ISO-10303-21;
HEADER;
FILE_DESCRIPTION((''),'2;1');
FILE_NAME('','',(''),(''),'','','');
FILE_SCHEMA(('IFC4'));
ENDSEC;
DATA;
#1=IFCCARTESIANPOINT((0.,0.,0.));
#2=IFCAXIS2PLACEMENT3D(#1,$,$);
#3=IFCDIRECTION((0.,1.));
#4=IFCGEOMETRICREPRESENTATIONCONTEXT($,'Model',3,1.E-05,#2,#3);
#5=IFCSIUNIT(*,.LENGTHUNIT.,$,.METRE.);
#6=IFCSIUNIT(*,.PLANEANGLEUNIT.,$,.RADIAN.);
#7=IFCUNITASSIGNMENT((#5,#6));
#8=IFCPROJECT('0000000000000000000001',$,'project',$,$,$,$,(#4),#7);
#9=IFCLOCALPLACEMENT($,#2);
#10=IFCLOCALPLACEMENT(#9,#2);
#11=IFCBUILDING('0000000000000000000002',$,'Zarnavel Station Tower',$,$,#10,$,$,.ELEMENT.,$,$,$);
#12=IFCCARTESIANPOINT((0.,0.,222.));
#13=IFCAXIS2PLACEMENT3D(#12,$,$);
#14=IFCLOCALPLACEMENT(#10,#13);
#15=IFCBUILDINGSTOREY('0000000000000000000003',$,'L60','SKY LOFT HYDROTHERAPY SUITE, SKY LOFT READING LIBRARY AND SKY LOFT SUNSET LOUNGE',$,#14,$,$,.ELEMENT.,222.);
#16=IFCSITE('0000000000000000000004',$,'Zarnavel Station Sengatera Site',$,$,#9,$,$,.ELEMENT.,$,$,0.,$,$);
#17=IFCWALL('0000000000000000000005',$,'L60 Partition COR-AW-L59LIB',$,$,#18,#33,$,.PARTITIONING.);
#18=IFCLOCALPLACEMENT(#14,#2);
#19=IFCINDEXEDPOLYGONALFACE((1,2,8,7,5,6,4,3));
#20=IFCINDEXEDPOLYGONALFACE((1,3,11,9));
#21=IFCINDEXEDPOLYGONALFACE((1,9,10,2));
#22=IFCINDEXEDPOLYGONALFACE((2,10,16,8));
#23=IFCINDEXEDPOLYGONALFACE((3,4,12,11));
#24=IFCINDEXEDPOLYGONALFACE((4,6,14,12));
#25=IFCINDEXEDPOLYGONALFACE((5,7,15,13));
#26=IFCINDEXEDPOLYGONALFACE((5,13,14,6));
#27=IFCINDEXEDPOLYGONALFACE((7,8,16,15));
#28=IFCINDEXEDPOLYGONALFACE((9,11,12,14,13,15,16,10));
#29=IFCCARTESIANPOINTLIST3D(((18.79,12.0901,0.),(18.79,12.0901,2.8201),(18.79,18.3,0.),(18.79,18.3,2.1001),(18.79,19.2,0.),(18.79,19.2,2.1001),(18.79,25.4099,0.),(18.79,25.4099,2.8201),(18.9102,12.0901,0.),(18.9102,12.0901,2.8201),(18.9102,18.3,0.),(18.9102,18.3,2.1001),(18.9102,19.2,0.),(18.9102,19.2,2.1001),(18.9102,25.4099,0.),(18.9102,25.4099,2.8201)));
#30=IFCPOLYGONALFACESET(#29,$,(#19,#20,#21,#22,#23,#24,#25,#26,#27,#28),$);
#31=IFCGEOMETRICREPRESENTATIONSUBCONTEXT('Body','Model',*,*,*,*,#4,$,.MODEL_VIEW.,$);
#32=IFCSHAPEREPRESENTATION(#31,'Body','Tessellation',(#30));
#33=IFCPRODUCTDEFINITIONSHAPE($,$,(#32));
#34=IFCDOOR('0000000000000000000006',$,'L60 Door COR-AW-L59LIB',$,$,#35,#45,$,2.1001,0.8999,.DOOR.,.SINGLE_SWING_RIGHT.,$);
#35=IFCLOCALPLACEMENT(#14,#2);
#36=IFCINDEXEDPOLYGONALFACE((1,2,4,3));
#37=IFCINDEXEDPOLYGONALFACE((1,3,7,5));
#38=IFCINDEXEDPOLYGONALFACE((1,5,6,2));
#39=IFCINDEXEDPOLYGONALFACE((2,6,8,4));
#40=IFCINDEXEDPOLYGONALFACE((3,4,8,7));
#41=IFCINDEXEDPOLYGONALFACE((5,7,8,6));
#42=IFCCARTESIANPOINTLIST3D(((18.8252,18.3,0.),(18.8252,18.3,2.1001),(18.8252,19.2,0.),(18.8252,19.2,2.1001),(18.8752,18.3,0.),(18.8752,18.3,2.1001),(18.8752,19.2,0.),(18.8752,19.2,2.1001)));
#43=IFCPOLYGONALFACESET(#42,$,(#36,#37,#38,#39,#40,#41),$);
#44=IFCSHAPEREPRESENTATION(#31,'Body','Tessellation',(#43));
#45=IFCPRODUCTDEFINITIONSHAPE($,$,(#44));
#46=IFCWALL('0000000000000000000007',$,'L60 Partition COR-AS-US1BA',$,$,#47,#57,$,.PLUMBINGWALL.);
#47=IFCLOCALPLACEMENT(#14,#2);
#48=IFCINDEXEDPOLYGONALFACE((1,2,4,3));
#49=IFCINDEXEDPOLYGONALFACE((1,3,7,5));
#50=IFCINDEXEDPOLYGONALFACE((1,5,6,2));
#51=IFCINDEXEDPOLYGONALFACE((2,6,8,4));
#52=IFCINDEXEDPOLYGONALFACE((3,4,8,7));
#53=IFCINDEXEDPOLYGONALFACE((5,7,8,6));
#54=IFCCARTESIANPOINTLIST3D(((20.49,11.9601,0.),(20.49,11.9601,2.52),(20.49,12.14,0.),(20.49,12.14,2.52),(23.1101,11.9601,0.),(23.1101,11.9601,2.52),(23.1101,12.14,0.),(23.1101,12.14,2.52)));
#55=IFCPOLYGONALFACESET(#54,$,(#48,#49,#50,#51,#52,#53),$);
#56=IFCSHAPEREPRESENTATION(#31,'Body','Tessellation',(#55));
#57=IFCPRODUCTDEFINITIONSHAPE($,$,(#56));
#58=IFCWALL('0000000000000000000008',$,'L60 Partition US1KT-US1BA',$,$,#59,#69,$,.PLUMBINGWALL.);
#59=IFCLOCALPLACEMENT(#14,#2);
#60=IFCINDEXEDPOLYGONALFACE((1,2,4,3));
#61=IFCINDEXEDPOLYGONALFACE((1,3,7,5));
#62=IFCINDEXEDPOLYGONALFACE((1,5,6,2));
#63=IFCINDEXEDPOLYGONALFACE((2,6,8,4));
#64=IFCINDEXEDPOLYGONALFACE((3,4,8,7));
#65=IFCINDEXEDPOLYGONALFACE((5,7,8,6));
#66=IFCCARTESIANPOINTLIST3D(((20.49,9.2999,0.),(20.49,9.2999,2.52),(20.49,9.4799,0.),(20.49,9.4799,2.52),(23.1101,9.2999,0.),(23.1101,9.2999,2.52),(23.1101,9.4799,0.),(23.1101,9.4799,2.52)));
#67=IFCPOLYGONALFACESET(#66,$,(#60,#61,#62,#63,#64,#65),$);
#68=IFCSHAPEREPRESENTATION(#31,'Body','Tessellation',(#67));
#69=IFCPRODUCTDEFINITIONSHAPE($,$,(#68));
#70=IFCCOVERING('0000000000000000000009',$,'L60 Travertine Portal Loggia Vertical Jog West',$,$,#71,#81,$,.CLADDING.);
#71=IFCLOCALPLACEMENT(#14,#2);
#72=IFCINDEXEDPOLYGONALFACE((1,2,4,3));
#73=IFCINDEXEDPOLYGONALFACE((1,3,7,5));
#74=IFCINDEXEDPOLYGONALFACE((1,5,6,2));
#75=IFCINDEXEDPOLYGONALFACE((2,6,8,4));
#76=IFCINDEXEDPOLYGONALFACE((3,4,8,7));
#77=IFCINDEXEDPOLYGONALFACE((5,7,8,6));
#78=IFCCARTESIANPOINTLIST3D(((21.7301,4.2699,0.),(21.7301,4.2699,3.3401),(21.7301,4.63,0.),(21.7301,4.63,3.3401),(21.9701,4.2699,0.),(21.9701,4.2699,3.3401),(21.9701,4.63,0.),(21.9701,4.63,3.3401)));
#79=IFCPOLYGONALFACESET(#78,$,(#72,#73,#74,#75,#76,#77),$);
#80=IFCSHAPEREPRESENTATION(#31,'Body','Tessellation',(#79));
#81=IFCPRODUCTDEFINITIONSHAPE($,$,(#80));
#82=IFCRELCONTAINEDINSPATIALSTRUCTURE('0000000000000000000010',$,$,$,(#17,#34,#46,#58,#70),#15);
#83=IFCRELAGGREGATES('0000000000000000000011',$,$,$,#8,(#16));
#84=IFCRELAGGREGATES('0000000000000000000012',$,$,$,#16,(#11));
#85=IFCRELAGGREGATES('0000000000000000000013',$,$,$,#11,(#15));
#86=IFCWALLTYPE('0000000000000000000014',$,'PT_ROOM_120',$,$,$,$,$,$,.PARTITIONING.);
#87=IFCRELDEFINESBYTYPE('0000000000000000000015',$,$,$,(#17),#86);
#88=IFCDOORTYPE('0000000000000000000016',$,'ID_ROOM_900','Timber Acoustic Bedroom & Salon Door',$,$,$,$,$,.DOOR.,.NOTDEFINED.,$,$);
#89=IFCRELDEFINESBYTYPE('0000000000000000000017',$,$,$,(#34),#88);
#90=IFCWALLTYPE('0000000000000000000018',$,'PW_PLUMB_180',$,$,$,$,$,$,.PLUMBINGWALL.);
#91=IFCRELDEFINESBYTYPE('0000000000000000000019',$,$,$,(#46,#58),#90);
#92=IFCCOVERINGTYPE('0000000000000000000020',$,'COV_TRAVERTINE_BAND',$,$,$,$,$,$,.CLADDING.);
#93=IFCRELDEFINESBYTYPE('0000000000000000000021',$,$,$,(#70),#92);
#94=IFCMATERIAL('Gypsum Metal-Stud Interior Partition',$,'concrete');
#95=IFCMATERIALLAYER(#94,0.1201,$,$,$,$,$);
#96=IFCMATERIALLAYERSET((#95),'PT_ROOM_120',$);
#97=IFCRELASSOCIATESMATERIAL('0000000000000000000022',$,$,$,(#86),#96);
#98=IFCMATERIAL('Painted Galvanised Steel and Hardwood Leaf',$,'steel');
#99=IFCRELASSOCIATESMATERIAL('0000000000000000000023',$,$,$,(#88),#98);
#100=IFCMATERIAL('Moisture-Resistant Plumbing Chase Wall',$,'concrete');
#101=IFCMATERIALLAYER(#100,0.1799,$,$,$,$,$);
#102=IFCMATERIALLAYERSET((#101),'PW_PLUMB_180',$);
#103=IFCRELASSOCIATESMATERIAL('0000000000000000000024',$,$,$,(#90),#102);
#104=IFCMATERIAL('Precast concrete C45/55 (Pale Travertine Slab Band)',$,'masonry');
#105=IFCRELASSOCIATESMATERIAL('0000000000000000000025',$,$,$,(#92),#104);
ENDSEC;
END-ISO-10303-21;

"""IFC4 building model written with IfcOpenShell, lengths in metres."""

from ifc_helpers import new_model, si_unit, direction, frame, frame_2d, origin, origin_2d, place, context, subcontext, project, spatial, rectangle, extrude, material, layer, layer_set, type_object, element, fill, save


model = new_model("IFC4")

# Units and contexts
model_context = context("Model", 3, precision=1e-05, world=origin(), true_north=direction((0.0, 1.0)))
body_context = subcontext(model_context, "Body", "Model", "MODEL_VIEW")
ifc_project = project(units=[si_unit("LENGTHUNIT", "METRE"), si_unit("PLANEANGLEUNIT", "RADIAN")], contexts=[model_context])

# Site, building, storey
site_placement = place(None, origin())
site = spatial("IfcSite", under=ifc_project, at=site_placement, Name="Zarnavel Station Sengatera Site", CompositionType="ELEMENT", RefElevation=0.0)
building_placement = place(site_placement, origin())
building = spatial("IfcBuilding", under=site, at=building_placement, Name="Zarnavel Station Tower", CompositionType="ELEMENT")
storey_placement = place(building_placement, frame((0.0, 0.0, 222.0)))
storey = spatial("IfcBuildingStorey", under=building, at=storey_placement, Name="L60", Description="SKY LOFT HYDROTHERAPY SUITE, SKY LOFT READING LIBRARY AND SKY LOFT SUNSET LOUNGE", CompositionType="ELEMENT", Elevation=222.0)

# Wall, opening, door
ifc_material_1 = material(Name="Gypsum Metal-Stud Interior Partition", Category="concrete")
ifc_layer_1 = layer(ifc_material_1, 0.1201)
ifc_layer_set_1 = layer_set([ifc_layer_1], Name="PT_ROOM_120")
wall_type_1 = type_object("IfcWallType", Name="PT_ROOM_120", PredefinedType="PARTITIONING", material=ifc_layer_set_1)
wall_1_placement = place(storey_placement, frame((18.8501, 12.0901, 0.0), z_axis=(0.0, 0.0, 1.0), x_axis=(0.0, 1.0, 0.0)))
wall_1 = element("IfcWall", 1, at=wall_1_placement, inside=storey, type_object=wall_type_1, Name="L60 Partition COR-AW-L59LIB", PredefinedType="PARTITIONING", context=body_context, shape_type="SweptSolid", body=[
    extrude(rectangle(XDim=13.3198, YDim=0.1201, at=frame_2d((6.6599, 0.0))), origin(), (0.0, 0.0, 1.0), 2.8201),
])
opening_1_placement = place(wall_1_placement, frame((6.21, 0.0, 0.0)))
opening_1 = element("IfcOpeningElement", 2, at=opening_1_placement, cuts=wall_1, PredefinedType="OPENING", context=body_context, shape_type="SweptSolid", body=[
    extrude(rectangle(XDim=0.8999, YDim=2.1001, at=frame_2d((0.45, 1.05))), frame((0.0, 0.0701, 0.0), z_axis=(0.0, -1.0, 0.0), x_axis=(1.0, 0.0, 0.0)), (0.0, 0.0, 1.0), 0.1401),
])
ifc_material_2 = material(Name="Painted Galvanised Steel and Hardwood Leaf", Category="steel")
door_type_1 = type_object("IfcDoorType", Name="ID_ROOM_900", Description="Timber Acoustic Bedroom & Salon Door", OperationType="NOTDEFINED", PredefinedType="DOOR", material=ifc_material_2)
door_1_placement = place(opening_1_placement, origin())
door_1 = element("IfcDoor", 3, at=door_1_placement, inside=storey, type_object=door_type_1, Name="L60 Door COR-AW-L59LIB", OperationType="SINGLE_SWING_RIGHT", OverallHeight=2.1001, OverallWidth=0.8999, PredefinedType="DOOR", context=body_context, shape_type="SweptSolid", body=[
    extrude(rectangle(XDim=0.8999, YDim=2.1001, at=frame_2d((0.45, 1.05))), frame((0.0, 0.0249, 0.0), z_axis=(0.0, -1.0, 0.0), x_axis=(1.0, 0.0, 0.0)), (0.0, 0.0, 1.0), 0.05),
])
fill(opening_1, door_1)

# Wall
ifc_material_3 = material(Name="Moisture-Resistant Plumbing Chase Wall", Category="concrete")
ifc_layer_2 = layer(ifc_material_3, 0.1799)
ifc_layer_set_2 = layer_set([ifc_layer_2], Name="PW_PLUMB_180")
wall_type_2 = type_object("IfcWallType", Name="PW_PLUMB_180", PredefinedType="PLUMBINGWALL", material=ifc_layer_set_2)
wall_2_placement = place(storey_placement, frame((20.49, 12.05, 0.0), z_axis=(0.0, 0.0, 1.0), x_axis=(1.0, 0.0, 0.0)))
element("IfcWall", 4, at=wall_2_placement, inside=storey, type_object=wall_type_2, Name="L60 Partition COR-AS-US1BA", PredefinedType="PLUMBINGWALL", context=body_context, shape_type="SweptSolid", body=[
    extrude(rectangle(XDim=2.6201, YDim=0.1799, at=frame_2d((1.3101, 0.0))), origin(), (0.0, 0.0, 1.0), 2.52),
])

# Wall
wall_3_placement = place(storey_placement, frame((20.49, 9.3899, 0.0), z_axis=(0.0, 0.0, 1.0), x_axis=(1.0, 0.0, 0.0)))
element("IfcWall", 5, at=wall_3_placement, inside=storey, type_object=wall_type_2, Name="L60 Partition US1KT-US1BA", PredefinedType="PLUMBINGWALL", context=body_context, shape_type="SweptSolid", body=[
    extrude(rectangle(XDim=2.6201, YDim=0.1799, at=frame_2d((1.3101, 0.0))), origin(), (0.0, 0.0, 1.0), 2.52),
])

# Covering
ifc_material_4 = material(Name="Precast concrete C45/55 (Pale Travertine Slab Band)", Category="masonry")
covering_type = type_object("IfcCoveringType", Name="COV_TRAVERTINE_BAND", PredefinedType="CLADDING", material=ifc_material_4)
covering_placement = place(storey_placement, frame((21.8501, 4.45, 0.0), z_axis=(0.0, 0.0, 1.0), x_axis=(1.0, 0.0, 0.0)))
element("IfcCovering", 6, at=covering_placement, inside=storey, type_object=covering_type, Name="L60 Travertine Portal Loggia Vertical Jog West", PredefinedType="CLADDING", context=body_context, shape_type="SweptSolid", body=[
    extrude(rectangle(XDim=0.24, YDim=0.3601, at=origin_2d()), origin(), (0.0, 0.0, 1.0), 3.3401),
])

save(model, "model.ifc")
